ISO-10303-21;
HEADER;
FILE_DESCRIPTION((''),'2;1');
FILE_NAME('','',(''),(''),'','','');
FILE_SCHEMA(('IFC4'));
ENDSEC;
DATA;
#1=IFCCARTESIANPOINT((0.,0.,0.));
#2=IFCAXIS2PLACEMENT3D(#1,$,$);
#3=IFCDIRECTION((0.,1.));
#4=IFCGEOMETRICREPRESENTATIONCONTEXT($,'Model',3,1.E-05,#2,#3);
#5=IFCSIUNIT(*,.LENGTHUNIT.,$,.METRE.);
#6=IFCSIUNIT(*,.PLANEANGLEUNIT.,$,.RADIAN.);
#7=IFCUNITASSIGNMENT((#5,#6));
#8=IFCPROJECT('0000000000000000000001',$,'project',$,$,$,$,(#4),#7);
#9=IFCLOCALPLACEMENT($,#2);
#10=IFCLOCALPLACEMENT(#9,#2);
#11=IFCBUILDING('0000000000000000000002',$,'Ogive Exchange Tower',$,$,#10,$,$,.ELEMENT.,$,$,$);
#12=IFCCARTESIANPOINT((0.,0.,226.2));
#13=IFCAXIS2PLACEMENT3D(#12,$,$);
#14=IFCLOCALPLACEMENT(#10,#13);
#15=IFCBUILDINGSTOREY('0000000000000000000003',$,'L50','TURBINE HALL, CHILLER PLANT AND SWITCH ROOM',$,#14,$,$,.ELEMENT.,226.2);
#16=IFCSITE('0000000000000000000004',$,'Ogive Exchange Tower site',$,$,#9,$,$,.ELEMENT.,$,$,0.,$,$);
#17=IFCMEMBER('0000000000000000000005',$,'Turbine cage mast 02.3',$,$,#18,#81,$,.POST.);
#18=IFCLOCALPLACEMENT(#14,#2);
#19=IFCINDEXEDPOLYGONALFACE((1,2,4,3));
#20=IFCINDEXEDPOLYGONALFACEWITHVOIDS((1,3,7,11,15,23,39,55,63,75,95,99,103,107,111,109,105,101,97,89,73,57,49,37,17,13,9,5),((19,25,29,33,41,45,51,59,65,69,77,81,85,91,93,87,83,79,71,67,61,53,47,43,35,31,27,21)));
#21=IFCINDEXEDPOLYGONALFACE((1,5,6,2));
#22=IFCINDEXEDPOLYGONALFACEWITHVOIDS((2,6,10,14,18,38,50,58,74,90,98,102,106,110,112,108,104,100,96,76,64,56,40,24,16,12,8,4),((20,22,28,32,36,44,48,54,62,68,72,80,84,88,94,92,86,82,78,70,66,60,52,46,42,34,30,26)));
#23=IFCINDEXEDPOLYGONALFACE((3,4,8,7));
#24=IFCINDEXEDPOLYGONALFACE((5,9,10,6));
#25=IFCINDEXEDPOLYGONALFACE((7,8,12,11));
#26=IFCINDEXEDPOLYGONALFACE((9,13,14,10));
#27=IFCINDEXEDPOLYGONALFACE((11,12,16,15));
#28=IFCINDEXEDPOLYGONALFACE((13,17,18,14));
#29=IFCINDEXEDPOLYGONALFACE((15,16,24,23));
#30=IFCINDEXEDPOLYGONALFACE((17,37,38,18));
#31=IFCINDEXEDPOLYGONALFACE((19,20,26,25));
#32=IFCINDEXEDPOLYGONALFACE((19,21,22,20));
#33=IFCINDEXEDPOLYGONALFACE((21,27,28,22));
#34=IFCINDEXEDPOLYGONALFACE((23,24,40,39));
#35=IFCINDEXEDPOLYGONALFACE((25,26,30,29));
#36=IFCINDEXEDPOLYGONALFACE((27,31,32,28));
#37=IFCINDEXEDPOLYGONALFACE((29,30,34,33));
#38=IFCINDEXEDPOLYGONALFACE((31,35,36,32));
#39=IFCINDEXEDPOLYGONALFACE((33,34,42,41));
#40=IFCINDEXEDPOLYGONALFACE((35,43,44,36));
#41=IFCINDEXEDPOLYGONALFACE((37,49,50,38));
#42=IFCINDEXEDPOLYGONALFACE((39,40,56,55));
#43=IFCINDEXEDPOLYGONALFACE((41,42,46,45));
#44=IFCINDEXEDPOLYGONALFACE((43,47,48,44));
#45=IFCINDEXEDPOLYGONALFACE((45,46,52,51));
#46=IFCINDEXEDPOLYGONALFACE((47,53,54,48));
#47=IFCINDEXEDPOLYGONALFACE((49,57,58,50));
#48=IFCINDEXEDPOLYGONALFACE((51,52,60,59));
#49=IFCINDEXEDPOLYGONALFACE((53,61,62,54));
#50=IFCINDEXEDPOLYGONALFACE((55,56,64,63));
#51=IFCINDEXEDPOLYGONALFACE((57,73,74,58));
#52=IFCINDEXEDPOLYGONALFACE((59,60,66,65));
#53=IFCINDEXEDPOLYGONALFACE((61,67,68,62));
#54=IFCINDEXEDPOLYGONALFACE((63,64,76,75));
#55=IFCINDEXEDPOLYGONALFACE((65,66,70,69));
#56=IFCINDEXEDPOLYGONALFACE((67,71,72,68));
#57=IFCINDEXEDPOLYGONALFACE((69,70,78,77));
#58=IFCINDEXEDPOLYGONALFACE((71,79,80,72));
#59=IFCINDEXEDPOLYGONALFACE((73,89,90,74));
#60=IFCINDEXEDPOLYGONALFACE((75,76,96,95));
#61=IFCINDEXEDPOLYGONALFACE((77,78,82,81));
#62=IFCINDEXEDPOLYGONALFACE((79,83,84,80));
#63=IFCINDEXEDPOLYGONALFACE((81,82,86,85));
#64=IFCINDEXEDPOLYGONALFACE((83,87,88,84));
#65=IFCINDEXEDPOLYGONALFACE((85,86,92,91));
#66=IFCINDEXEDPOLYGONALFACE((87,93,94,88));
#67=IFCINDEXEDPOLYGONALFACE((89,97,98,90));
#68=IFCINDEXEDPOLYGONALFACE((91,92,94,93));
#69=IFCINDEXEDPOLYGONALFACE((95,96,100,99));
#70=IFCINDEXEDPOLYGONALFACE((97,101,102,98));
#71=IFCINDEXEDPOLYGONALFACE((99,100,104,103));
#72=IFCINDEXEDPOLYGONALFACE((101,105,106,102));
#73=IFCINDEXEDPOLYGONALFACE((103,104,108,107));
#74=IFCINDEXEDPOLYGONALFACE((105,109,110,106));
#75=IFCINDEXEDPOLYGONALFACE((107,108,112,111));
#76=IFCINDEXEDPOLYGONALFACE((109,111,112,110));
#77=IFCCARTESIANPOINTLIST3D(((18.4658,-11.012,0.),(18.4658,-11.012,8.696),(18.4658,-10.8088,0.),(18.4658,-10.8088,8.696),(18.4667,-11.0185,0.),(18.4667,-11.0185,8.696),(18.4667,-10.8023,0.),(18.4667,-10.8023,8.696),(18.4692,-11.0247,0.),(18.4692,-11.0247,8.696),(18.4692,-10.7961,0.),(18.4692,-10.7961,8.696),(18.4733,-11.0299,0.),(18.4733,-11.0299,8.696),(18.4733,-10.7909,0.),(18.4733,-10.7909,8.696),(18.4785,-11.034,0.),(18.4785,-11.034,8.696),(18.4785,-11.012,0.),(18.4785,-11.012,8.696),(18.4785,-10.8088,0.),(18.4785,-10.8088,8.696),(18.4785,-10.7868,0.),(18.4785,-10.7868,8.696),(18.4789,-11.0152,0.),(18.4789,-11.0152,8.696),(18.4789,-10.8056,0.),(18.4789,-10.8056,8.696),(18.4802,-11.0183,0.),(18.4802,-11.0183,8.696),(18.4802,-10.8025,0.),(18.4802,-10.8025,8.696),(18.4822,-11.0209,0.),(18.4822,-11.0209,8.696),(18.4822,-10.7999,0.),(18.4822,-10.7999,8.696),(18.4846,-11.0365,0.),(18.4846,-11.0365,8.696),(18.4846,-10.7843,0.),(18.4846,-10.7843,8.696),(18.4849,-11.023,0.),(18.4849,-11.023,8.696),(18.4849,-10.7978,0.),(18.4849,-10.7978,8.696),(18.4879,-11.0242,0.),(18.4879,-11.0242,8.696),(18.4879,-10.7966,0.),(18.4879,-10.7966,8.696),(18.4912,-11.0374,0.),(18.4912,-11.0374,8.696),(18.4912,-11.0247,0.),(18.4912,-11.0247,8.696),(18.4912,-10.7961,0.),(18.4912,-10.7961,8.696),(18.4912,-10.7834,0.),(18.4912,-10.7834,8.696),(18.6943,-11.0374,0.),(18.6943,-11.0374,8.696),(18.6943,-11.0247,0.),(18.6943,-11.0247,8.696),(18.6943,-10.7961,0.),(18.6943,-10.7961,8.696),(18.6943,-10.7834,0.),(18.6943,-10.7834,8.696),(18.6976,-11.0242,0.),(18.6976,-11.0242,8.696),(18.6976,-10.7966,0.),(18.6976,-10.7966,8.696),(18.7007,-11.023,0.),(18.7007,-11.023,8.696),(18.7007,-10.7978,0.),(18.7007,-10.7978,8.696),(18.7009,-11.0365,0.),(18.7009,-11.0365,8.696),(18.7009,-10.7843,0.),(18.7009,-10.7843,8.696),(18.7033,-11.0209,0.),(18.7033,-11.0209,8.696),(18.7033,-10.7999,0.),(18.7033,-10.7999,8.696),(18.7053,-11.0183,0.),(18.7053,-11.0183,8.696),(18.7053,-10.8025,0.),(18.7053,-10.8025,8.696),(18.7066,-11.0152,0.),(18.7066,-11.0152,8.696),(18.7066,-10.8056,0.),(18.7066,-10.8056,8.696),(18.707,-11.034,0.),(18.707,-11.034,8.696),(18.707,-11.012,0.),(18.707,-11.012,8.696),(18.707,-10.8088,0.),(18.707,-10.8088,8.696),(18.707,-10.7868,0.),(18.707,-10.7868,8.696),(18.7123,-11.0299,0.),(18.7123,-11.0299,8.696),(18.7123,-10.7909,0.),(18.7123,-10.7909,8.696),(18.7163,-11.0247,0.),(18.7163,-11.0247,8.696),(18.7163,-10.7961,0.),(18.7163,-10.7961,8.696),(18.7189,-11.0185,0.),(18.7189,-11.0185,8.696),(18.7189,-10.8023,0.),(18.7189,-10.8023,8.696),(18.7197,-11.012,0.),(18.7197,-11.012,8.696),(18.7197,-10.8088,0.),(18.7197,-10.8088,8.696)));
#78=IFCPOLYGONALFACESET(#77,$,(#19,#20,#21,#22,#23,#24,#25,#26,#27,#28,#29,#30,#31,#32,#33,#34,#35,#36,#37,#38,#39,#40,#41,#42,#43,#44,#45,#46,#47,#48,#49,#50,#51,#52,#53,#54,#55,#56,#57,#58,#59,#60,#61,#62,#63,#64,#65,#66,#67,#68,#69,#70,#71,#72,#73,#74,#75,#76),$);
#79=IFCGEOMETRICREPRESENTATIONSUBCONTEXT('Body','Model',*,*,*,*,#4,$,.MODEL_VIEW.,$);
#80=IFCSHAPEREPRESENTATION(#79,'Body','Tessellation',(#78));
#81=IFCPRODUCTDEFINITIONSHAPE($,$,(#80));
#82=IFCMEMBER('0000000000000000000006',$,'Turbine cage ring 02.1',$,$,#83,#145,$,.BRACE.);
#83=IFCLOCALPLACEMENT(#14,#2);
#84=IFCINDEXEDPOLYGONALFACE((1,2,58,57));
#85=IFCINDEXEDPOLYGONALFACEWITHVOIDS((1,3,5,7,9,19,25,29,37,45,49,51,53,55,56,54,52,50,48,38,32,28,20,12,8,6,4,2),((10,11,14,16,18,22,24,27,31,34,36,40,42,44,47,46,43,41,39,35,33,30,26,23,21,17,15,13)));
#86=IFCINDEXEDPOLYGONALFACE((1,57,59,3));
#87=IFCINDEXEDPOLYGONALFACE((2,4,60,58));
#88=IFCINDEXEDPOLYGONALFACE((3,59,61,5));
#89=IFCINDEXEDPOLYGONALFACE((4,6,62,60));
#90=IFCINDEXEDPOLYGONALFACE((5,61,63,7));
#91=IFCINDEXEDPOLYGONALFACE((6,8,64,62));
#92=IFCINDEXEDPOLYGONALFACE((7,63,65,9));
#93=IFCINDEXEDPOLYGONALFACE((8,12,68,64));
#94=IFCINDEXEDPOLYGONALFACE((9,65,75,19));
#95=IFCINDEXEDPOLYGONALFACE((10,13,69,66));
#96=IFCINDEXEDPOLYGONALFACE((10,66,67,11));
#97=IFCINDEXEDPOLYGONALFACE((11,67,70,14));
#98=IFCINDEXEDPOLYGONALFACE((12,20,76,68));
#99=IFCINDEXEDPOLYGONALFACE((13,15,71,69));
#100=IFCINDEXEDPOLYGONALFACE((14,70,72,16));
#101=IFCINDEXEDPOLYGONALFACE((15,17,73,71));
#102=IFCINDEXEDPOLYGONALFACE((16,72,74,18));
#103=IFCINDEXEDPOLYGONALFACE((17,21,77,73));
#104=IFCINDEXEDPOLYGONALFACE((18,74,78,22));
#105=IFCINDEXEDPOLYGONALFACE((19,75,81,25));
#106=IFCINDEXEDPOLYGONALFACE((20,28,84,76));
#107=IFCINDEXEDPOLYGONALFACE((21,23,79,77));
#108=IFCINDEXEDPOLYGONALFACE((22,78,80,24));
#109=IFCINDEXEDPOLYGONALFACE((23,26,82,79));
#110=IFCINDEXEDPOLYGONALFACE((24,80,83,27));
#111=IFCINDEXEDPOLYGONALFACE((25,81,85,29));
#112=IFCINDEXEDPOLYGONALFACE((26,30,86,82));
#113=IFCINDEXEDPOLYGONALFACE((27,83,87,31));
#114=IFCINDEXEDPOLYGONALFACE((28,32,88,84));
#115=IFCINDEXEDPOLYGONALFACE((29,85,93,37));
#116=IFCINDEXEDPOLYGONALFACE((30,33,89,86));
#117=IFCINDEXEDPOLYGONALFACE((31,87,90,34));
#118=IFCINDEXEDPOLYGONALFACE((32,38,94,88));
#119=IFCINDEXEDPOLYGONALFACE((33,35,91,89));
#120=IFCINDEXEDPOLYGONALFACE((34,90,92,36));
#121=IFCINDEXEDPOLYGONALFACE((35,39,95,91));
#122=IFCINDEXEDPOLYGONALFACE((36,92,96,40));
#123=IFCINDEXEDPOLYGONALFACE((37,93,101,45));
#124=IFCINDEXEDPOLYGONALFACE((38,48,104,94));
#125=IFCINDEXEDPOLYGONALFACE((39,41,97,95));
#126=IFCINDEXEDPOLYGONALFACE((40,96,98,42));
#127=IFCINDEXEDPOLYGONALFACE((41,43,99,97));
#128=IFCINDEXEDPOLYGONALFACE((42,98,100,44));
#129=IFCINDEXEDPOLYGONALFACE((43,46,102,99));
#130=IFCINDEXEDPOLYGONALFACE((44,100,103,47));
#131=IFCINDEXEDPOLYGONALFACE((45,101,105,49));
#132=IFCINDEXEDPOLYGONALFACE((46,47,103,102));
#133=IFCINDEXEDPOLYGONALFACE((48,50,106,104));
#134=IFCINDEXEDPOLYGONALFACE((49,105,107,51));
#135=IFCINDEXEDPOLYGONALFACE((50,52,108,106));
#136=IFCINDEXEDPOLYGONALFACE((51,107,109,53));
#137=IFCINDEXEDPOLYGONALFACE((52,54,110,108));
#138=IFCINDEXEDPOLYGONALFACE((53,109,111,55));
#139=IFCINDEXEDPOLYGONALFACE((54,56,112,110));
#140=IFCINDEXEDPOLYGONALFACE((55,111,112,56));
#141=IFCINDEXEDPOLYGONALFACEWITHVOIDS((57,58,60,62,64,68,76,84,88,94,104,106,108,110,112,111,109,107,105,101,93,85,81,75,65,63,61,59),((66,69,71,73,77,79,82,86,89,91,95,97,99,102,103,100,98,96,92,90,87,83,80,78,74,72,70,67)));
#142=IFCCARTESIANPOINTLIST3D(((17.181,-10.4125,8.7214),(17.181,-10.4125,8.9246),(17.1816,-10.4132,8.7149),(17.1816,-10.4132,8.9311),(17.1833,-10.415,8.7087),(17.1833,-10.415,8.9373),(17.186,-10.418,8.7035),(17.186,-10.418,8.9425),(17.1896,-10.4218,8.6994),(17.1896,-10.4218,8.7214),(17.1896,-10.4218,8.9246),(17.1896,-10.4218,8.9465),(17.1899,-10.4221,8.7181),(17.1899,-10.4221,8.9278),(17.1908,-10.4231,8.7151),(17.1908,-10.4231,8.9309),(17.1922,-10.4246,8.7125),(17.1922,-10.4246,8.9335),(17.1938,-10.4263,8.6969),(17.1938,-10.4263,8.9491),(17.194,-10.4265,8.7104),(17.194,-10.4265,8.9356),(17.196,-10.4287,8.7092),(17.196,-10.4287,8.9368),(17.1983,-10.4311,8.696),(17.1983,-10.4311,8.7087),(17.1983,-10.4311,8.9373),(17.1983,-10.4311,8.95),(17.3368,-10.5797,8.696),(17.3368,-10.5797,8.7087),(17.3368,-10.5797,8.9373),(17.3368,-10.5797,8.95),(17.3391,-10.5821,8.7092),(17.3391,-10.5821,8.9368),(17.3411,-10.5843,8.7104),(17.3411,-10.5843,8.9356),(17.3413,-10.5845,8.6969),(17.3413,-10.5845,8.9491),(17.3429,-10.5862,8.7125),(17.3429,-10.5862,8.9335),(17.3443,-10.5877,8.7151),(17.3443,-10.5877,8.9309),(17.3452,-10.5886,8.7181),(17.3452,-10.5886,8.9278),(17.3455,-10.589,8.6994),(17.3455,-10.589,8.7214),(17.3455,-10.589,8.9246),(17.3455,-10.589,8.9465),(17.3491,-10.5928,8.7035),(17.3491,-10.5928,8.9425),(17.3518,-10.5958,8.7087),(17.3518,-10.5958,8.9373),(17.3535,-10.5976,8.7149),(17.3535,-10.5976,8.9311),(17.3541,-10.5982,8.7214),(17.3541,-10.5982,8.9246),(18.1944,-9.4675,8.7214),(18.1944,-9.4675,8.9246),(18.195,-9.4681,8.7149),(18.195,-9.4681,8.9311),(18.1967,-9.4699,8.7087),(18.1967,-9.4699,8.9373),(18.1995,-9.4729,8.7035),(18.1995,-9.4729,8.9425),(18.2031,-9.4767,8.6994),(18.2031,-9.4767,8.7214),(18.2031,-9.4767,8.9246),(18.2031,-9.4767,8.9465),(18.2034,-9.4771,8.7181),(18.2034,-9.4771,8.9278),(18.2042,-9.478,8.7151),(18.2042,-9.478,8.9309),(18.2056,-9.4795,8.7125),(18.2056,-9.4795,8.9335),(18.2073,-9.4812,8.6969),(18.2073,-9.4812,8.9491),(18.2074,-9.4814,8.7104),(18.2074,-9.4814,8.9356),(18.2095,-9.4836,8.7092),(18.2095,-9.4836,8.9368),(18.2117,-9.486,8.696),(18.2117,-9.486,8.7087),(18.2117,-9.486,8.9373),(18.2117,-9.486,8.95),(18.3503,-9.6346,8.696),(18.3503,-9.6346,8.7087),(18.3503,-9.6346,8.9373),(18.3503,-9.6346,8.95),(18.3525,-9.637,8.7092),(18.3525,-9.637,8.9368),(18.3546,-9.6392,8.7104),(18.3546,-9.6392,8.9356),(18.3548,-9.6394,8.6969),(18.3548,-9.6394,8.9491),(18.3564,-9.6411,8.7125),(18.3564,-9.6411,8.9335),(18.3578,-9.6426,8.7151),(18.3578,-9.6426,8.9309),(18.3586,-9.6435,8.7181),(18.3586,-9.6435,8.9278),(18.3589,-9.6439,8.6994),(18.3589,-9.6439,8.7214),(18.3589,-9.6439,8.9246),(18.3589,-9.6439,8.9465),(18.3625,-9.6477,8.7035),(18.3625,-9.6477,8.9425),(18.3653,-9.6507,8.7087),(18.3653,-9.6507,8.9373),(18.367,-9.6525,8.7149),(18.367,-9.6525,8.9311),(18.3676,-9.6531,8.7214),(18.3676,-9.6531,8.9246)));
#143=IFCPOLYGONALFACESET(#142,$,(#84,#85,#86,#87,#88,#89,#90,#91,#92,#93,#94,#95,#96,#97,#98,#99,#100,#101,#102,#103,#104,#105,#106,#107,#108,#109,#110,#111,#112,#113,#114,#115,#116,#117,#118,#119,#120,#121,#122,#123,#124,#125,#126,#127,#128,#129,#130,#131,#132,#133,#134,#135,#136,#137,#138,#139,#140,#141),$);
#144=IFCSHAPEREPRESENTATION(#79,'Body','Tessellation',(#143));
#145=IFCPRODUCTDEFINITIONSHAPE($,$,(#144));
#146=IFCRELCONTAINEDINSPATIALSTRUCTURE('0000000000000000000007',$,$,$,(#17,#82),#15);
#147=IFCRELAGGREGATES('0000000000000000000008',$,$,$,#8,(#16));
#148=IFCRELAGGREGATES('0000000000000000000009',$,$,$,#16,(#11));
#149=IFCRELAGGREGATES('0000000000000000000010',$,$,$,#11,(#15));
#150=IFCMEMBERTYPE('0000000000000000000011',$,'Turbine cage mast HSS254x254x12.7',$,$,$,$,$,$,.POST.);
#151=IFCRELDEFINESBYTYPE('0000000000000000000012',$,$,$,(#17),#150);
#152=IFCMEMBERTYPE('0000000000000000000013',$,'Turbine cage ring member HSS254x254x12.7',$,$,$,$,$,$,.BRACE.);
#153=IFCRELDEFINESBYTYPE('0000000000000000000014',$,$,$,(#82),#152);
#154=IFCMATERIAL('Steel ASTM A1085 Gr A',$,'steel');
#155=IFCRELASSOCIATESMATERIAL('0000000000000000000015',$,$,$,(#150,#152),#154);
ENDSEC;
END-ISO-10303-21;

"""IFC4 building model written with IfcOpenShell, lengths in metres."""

from ifc_helpers import new_model, si_unit, direction, frame, origin, origin_2d, place, context, subcontext, project, spatial, hollow_rectangle, extrude, material, material_profile, profile_set, type_object, element, save


model = new_model("IFC4")

# Units and contexts
model_context = context("Model", 3, precision=1e-05, world=origin(), true_north=direction((0.0, 1.0)))
body_context = subcontext(model_context, "Body", "Model", "MODEL_VIEW")
ifc_project = project(units=[si_unit("LENGTHUNIT", "METRE"), si_unit("PLANEANGLEUNIT", "RADIAN")], contexts=[model_context])

# Site, building, storey
site_placement = place(None, origin())
site = spatial("IfcSite", under=ifc_project, at=site_placement, Name="Ogive Exchange Tower site", CompositionType="ELEMENT", RefElevation=0.0)
building_placement = place(site_placement, origin())
building = spatial("IfcBuilding", under=site, at=building_placement, Name="Ogive Exchange Tower", CompositionType="ELEMENT")
storey_placement = place(building_placement, frame((0.0, 0.0, 226.2)))
storey = spatial("IfcBuildingStorey", under=building, at=storey_placement, Name="L50", Description="TURBINE HALL, CHILLER PLANT AND SWITCH ROOM", CompositionType="ELEMENT", Elevation=226.2)

# Shared definitions
ifc_material_1 = material(Name="Steel ASTM A1085 Gr A", Category="steel")

# Members
ifc_material_profile_1 = material_profile(ifc_material_1, hollow_rectangle(XDim=0.2539, YDim=0.2539, WallThickness=0.0127, InnerFilletRadius=0.0127, OuterFilletRadius=0.0254, at=origin_2d()), Name="HSS254x254x12.7")
ifc_profile_set_1 = profile_set([ifc_material_profile_1], Name="Steel ASTM A1085 Gr A")
member_type_1 = type_object("IfcMemberType", Name="Turbine cage mast HSS254x254x12.7", PredefinedType="POST", material=ifc_profile_set_1)
member_1_placement = place(storey_placement, frame((18.5928, -10.9104, 0.0), z_axis=(0.0, 0.0, 1.0), x_axis=(1.0, 0.0, 0.0)))
element("IfcMember", 1, at=member_1_placement, inside=storey, type_object=member_type_1, Name="Turbine cage mast 02.3", PredefinedType="POST", context=body_context, shape_type="SweptSolid", body=[
    extrude(hollow_rectangle(XDim=0.2539, YDim=0.2539, WallThickness=0.0127, InnerFilletRadius=0.0127, OuterFilletRadius=0.0254, at=origin_2d()), origin(), (0.0, 0.0, 1.0), 8.696),
])
ifc_material_profile_2 = material_profile(ifc_material_1, hollow_rectangle(XDim=0.2539, YDim=0.2539, WallThickness=0.0127, InnerFilletRadius=0.0127, OuterFilletRadius=0.0254, at=origin_2d()), Name="HSS254x254x12.7")
ifc_profile_set_2 = profile_set([ifc_material_profile_2], Name="Steel ASTM A1085 Gr A")
member_type_2 = type_object("IfcMemberType", Name="Turbine cage ring member HSS254x254x12.7", PredefinedType="BRACE", material=ifc_profile_set_2)
for number, where, z_axis, x_axis, name in (
    (2, (18.281, -9.5603, 8.823), (-0.731342, -0.682011, 0.0), (0.682011, -0.731342, 0.0), "Turbine cage ring 02.1"),
):
    element("IfcMember", number, at=place(storey_placement, frame(where, z_axis=z_axis, x_axis=x_axis)), inside=storey, type_object=member_type_2, Name=name, PredefinedType="BRACE", context=body_context, shape_type="SweptSolid", body=[
        extrude(hollow_rectangle(XDim=0.2539, YDim=0.2539, WallThickness=0.0127, InnerFilletRadius=0.0127, OuterFilletRadius=0.0254, at=origin_2d()), origin(), (0.0, 0.0, 1.0), 1.3857),
    ])

save(model, "model.ifc")
